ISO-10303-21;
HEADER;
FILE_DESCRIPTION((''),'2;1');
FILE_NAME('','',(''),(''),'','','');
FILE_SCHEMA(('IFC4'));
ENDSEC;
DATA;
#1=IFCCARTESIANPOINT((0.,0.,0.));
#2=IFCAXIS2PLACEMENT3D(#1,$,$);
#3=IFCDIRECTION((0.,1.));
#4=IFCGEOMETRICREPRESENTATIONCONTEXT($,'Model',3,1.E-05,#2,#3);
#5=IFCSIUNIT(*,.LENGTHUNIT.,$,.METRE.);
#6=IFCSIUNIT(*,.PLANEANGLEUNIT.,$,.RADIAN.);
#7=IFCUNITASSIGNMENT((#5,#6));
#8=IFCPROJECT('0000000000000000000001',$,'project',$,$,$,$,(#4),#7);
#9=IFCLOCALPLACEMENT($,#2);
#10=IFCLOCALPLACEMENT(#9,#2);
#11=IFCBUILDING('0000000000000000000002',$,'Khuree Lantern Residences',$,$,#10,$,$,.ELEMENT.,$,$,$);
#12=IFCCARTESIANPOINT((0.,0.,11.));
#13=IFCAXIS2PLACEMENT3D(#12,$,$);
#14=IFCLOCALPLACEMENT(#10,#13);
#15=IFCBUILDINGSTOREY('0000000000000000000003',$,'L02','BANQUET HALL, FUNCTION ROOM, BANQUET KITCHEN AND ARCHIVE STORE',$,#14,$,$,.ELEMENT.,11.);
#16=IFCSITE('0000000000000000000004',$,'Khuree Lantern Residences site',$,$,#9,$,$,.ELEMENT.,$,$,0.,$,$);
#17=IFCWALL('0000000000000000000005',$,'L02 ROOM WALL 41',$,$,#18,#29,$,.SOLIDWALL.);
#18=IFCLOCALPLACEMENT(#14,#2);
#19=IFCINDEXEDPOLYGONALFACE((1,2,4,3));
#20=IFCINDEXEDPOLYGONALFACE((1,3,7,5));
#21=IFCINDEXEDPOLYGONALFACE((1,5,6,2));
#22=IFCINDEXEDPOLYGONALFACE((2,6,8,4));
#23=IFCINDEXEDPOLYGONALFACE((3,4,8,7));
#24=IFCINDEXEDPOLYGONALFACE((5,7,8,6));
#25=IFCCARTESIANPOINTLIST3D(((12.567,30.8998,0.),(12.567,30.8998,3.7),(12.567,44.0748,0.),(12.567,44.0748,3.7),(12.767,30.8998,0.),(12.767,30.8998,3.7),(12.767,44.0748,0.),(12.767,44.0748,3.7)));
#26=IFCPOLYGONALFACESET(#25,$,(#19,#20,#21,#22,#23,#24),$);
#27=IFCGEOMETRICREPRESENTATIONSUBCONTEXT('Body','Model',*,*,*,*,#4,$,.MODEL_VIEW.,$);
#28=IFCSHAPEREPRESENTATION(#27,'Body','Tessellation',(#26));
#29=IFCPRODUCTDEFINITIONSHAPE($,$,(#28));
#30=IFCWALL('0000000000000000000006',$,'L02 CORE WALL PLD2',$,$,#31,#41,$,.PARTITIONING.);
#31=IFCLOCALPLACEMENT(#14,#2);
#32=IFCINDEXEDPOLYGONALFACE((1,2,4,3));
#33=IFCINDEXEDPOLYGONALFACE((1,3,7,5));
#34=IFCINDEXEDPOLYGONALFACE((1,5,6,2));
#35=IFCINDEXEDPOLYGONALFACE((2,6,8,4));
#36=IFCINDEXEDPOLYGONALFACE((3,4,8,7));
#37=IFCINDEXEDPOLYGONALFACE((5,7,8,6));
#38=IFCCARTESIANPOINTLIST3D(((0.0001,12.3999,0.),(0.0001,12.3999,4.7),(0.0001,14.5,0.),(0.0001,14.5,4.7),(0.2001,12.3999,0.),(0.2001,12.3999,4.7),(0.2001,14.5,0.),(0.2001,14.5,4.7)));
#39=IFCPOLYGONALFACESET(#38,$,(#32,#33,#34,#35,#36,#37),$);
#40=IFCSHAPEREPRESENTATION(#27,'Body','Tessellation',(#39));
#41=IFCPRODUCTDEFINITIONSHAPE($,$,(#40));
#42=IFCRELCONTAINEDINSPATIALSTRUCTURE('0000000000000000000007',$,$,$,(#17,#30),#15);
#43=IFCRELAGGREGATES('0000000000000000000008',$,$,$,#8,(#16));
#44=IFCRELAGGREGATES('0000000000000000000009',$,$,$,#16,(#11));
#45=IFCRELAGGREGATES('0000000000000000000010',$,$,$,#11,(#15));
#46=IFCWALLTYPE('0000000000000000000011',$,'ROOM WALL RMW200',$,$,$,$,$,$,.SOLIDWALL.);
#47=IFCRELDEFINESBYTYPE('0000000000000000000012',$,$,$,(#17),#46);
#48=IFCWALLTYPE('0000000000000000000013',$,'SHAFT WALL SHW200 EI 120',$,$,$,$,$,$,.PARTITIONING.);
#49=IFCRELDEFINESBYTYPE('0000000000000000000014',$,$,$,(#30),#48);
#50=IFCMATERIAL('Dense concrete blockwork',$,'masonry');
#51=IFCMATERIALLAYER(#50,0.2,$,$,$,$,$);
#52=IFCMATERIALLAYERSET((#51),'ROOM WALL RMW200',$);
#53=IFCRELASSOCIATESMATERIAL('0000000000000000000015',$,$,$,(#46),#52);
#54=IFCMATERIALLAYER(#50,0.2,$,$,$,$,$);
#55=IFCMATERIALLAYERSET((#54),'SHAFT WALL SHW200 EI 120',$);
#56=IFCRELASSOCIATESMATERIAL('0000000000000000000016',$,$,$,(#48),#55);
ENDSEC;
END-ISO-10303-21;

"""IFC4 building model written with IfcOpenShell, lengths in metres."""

from ifc_helpers import new_model, si_unit, direction, frame, frame_2d, origin, place, context, subcontext, project, spatial, rectangle, extrude, material, layer, layer_set, type_object, element, save


model = new_model("IFC4")

# Units and contexts
model_context = context("Model", 3, precision=1e-05, world=origin(), true_north=direction((0.0, 1.0)))
body_context = subcontext(model_context, "Body", "Model", "MODEL_VIEW")
ifc_project = project(units=[si_unit("LENGTHUNIT", "METRE"), si_unit("PLANEANGLEUNIT", "RADIAN")], contexts=[model_context])

# Site, building, storey
site_placement = place(None, origin())
site = spatial("IfcSite", under=ifc_project, at=site_placement, Name="Khuree Lantern Residences site", CompositionType="ELEMENT", RefElevation=0.0)
building_placement = place(site_placement, origin())
building = spatial("IfcBuilding", under=site, at=building_placement, Name="Khuree Lantern Residences", CompositionType="ELEMENT")
storey_placement = place(building_placement, frame((0.0, 0.0, 11.0)))
storey = spatial("IfcBuildingStorey", under=building, at=storey_placement, Name="L02", Description="BANQUET HALL, FUNCTION ROOM, BANQUET KITCHEN AND ARCHIVE STORE", CompositionType="ELEMENT", Elevation=11.0)

# Shared definitions
ifc_material_1 = material(Name="Dense concrete blockwork", Category="masonry")

# Shared definitions
ifc_layer_1 = layer(ifc_material_1, 0.2)
ifc_layer_set_1 = layer_set([ifc_layer_1], Name="ROOM WALL RMW200")
wall_type_1 = type_object("IfcWallType", Name="ROOM WALL RMW200", PredefinedType="SOLIDWALL", material=ifc_layer_set_1)

# Walls
wall_1_placement = place(storey_placement, frame((12.667, 30.8999, 0.0), z_axis=(0.0, 0.0, 1.0), x_axis=(0.0, 1.0, 0.0)))
element("IfcWall", 1, at=wall_1_placement, inside=storey, type_object=wall_type_1, Name="L02 ROOM WALL 41", PredefinedType="SOLIDWALL", context=body_context, shape_type="SweptSolid", body=[
    extrude(rectangle(XDim=13.175, YDim=0.2, at=frame_2d((6.5874, 0.0))), origin(), (0.0, 0.0, 1.0), 3.7),
])
ifc_layer_2 = layer(ifc_material_1, 0.2)
ifc_layer_set_2 = layer_set([ifc_layer_2], Name="SHAFT WALL SHW200 EI 120")
wall_type_2 = type_object("IfcWallType", Name="SHAFT WALL SHW200 EI 120", PredefinedType="PARTITIONING", material=ifc_layer_set_2)
wall_2_placement = place(storey_placement, frame((0.1001, 12.3999, 0.0), z_axis=(0.0, 0.0, 1.0), x_axis=(0.0, 1.0, 0.0)))
element("IfcWall", 2, at=wall_2_placement, inside=storey, type_object=wall_type_2, Name="L02 CORE WALL PLD2", PredefinedType="PARTITIONING", context=body_context, shape_type="SweptSolid", body=[
    extrude(rectangle(XDim=2.1001, YDim=0.2, at=frame_2d((1.05, 0.0))), origin(), (0.0, 0.0, 1.0), 4.7),
])

save(model, "model.ifc")
